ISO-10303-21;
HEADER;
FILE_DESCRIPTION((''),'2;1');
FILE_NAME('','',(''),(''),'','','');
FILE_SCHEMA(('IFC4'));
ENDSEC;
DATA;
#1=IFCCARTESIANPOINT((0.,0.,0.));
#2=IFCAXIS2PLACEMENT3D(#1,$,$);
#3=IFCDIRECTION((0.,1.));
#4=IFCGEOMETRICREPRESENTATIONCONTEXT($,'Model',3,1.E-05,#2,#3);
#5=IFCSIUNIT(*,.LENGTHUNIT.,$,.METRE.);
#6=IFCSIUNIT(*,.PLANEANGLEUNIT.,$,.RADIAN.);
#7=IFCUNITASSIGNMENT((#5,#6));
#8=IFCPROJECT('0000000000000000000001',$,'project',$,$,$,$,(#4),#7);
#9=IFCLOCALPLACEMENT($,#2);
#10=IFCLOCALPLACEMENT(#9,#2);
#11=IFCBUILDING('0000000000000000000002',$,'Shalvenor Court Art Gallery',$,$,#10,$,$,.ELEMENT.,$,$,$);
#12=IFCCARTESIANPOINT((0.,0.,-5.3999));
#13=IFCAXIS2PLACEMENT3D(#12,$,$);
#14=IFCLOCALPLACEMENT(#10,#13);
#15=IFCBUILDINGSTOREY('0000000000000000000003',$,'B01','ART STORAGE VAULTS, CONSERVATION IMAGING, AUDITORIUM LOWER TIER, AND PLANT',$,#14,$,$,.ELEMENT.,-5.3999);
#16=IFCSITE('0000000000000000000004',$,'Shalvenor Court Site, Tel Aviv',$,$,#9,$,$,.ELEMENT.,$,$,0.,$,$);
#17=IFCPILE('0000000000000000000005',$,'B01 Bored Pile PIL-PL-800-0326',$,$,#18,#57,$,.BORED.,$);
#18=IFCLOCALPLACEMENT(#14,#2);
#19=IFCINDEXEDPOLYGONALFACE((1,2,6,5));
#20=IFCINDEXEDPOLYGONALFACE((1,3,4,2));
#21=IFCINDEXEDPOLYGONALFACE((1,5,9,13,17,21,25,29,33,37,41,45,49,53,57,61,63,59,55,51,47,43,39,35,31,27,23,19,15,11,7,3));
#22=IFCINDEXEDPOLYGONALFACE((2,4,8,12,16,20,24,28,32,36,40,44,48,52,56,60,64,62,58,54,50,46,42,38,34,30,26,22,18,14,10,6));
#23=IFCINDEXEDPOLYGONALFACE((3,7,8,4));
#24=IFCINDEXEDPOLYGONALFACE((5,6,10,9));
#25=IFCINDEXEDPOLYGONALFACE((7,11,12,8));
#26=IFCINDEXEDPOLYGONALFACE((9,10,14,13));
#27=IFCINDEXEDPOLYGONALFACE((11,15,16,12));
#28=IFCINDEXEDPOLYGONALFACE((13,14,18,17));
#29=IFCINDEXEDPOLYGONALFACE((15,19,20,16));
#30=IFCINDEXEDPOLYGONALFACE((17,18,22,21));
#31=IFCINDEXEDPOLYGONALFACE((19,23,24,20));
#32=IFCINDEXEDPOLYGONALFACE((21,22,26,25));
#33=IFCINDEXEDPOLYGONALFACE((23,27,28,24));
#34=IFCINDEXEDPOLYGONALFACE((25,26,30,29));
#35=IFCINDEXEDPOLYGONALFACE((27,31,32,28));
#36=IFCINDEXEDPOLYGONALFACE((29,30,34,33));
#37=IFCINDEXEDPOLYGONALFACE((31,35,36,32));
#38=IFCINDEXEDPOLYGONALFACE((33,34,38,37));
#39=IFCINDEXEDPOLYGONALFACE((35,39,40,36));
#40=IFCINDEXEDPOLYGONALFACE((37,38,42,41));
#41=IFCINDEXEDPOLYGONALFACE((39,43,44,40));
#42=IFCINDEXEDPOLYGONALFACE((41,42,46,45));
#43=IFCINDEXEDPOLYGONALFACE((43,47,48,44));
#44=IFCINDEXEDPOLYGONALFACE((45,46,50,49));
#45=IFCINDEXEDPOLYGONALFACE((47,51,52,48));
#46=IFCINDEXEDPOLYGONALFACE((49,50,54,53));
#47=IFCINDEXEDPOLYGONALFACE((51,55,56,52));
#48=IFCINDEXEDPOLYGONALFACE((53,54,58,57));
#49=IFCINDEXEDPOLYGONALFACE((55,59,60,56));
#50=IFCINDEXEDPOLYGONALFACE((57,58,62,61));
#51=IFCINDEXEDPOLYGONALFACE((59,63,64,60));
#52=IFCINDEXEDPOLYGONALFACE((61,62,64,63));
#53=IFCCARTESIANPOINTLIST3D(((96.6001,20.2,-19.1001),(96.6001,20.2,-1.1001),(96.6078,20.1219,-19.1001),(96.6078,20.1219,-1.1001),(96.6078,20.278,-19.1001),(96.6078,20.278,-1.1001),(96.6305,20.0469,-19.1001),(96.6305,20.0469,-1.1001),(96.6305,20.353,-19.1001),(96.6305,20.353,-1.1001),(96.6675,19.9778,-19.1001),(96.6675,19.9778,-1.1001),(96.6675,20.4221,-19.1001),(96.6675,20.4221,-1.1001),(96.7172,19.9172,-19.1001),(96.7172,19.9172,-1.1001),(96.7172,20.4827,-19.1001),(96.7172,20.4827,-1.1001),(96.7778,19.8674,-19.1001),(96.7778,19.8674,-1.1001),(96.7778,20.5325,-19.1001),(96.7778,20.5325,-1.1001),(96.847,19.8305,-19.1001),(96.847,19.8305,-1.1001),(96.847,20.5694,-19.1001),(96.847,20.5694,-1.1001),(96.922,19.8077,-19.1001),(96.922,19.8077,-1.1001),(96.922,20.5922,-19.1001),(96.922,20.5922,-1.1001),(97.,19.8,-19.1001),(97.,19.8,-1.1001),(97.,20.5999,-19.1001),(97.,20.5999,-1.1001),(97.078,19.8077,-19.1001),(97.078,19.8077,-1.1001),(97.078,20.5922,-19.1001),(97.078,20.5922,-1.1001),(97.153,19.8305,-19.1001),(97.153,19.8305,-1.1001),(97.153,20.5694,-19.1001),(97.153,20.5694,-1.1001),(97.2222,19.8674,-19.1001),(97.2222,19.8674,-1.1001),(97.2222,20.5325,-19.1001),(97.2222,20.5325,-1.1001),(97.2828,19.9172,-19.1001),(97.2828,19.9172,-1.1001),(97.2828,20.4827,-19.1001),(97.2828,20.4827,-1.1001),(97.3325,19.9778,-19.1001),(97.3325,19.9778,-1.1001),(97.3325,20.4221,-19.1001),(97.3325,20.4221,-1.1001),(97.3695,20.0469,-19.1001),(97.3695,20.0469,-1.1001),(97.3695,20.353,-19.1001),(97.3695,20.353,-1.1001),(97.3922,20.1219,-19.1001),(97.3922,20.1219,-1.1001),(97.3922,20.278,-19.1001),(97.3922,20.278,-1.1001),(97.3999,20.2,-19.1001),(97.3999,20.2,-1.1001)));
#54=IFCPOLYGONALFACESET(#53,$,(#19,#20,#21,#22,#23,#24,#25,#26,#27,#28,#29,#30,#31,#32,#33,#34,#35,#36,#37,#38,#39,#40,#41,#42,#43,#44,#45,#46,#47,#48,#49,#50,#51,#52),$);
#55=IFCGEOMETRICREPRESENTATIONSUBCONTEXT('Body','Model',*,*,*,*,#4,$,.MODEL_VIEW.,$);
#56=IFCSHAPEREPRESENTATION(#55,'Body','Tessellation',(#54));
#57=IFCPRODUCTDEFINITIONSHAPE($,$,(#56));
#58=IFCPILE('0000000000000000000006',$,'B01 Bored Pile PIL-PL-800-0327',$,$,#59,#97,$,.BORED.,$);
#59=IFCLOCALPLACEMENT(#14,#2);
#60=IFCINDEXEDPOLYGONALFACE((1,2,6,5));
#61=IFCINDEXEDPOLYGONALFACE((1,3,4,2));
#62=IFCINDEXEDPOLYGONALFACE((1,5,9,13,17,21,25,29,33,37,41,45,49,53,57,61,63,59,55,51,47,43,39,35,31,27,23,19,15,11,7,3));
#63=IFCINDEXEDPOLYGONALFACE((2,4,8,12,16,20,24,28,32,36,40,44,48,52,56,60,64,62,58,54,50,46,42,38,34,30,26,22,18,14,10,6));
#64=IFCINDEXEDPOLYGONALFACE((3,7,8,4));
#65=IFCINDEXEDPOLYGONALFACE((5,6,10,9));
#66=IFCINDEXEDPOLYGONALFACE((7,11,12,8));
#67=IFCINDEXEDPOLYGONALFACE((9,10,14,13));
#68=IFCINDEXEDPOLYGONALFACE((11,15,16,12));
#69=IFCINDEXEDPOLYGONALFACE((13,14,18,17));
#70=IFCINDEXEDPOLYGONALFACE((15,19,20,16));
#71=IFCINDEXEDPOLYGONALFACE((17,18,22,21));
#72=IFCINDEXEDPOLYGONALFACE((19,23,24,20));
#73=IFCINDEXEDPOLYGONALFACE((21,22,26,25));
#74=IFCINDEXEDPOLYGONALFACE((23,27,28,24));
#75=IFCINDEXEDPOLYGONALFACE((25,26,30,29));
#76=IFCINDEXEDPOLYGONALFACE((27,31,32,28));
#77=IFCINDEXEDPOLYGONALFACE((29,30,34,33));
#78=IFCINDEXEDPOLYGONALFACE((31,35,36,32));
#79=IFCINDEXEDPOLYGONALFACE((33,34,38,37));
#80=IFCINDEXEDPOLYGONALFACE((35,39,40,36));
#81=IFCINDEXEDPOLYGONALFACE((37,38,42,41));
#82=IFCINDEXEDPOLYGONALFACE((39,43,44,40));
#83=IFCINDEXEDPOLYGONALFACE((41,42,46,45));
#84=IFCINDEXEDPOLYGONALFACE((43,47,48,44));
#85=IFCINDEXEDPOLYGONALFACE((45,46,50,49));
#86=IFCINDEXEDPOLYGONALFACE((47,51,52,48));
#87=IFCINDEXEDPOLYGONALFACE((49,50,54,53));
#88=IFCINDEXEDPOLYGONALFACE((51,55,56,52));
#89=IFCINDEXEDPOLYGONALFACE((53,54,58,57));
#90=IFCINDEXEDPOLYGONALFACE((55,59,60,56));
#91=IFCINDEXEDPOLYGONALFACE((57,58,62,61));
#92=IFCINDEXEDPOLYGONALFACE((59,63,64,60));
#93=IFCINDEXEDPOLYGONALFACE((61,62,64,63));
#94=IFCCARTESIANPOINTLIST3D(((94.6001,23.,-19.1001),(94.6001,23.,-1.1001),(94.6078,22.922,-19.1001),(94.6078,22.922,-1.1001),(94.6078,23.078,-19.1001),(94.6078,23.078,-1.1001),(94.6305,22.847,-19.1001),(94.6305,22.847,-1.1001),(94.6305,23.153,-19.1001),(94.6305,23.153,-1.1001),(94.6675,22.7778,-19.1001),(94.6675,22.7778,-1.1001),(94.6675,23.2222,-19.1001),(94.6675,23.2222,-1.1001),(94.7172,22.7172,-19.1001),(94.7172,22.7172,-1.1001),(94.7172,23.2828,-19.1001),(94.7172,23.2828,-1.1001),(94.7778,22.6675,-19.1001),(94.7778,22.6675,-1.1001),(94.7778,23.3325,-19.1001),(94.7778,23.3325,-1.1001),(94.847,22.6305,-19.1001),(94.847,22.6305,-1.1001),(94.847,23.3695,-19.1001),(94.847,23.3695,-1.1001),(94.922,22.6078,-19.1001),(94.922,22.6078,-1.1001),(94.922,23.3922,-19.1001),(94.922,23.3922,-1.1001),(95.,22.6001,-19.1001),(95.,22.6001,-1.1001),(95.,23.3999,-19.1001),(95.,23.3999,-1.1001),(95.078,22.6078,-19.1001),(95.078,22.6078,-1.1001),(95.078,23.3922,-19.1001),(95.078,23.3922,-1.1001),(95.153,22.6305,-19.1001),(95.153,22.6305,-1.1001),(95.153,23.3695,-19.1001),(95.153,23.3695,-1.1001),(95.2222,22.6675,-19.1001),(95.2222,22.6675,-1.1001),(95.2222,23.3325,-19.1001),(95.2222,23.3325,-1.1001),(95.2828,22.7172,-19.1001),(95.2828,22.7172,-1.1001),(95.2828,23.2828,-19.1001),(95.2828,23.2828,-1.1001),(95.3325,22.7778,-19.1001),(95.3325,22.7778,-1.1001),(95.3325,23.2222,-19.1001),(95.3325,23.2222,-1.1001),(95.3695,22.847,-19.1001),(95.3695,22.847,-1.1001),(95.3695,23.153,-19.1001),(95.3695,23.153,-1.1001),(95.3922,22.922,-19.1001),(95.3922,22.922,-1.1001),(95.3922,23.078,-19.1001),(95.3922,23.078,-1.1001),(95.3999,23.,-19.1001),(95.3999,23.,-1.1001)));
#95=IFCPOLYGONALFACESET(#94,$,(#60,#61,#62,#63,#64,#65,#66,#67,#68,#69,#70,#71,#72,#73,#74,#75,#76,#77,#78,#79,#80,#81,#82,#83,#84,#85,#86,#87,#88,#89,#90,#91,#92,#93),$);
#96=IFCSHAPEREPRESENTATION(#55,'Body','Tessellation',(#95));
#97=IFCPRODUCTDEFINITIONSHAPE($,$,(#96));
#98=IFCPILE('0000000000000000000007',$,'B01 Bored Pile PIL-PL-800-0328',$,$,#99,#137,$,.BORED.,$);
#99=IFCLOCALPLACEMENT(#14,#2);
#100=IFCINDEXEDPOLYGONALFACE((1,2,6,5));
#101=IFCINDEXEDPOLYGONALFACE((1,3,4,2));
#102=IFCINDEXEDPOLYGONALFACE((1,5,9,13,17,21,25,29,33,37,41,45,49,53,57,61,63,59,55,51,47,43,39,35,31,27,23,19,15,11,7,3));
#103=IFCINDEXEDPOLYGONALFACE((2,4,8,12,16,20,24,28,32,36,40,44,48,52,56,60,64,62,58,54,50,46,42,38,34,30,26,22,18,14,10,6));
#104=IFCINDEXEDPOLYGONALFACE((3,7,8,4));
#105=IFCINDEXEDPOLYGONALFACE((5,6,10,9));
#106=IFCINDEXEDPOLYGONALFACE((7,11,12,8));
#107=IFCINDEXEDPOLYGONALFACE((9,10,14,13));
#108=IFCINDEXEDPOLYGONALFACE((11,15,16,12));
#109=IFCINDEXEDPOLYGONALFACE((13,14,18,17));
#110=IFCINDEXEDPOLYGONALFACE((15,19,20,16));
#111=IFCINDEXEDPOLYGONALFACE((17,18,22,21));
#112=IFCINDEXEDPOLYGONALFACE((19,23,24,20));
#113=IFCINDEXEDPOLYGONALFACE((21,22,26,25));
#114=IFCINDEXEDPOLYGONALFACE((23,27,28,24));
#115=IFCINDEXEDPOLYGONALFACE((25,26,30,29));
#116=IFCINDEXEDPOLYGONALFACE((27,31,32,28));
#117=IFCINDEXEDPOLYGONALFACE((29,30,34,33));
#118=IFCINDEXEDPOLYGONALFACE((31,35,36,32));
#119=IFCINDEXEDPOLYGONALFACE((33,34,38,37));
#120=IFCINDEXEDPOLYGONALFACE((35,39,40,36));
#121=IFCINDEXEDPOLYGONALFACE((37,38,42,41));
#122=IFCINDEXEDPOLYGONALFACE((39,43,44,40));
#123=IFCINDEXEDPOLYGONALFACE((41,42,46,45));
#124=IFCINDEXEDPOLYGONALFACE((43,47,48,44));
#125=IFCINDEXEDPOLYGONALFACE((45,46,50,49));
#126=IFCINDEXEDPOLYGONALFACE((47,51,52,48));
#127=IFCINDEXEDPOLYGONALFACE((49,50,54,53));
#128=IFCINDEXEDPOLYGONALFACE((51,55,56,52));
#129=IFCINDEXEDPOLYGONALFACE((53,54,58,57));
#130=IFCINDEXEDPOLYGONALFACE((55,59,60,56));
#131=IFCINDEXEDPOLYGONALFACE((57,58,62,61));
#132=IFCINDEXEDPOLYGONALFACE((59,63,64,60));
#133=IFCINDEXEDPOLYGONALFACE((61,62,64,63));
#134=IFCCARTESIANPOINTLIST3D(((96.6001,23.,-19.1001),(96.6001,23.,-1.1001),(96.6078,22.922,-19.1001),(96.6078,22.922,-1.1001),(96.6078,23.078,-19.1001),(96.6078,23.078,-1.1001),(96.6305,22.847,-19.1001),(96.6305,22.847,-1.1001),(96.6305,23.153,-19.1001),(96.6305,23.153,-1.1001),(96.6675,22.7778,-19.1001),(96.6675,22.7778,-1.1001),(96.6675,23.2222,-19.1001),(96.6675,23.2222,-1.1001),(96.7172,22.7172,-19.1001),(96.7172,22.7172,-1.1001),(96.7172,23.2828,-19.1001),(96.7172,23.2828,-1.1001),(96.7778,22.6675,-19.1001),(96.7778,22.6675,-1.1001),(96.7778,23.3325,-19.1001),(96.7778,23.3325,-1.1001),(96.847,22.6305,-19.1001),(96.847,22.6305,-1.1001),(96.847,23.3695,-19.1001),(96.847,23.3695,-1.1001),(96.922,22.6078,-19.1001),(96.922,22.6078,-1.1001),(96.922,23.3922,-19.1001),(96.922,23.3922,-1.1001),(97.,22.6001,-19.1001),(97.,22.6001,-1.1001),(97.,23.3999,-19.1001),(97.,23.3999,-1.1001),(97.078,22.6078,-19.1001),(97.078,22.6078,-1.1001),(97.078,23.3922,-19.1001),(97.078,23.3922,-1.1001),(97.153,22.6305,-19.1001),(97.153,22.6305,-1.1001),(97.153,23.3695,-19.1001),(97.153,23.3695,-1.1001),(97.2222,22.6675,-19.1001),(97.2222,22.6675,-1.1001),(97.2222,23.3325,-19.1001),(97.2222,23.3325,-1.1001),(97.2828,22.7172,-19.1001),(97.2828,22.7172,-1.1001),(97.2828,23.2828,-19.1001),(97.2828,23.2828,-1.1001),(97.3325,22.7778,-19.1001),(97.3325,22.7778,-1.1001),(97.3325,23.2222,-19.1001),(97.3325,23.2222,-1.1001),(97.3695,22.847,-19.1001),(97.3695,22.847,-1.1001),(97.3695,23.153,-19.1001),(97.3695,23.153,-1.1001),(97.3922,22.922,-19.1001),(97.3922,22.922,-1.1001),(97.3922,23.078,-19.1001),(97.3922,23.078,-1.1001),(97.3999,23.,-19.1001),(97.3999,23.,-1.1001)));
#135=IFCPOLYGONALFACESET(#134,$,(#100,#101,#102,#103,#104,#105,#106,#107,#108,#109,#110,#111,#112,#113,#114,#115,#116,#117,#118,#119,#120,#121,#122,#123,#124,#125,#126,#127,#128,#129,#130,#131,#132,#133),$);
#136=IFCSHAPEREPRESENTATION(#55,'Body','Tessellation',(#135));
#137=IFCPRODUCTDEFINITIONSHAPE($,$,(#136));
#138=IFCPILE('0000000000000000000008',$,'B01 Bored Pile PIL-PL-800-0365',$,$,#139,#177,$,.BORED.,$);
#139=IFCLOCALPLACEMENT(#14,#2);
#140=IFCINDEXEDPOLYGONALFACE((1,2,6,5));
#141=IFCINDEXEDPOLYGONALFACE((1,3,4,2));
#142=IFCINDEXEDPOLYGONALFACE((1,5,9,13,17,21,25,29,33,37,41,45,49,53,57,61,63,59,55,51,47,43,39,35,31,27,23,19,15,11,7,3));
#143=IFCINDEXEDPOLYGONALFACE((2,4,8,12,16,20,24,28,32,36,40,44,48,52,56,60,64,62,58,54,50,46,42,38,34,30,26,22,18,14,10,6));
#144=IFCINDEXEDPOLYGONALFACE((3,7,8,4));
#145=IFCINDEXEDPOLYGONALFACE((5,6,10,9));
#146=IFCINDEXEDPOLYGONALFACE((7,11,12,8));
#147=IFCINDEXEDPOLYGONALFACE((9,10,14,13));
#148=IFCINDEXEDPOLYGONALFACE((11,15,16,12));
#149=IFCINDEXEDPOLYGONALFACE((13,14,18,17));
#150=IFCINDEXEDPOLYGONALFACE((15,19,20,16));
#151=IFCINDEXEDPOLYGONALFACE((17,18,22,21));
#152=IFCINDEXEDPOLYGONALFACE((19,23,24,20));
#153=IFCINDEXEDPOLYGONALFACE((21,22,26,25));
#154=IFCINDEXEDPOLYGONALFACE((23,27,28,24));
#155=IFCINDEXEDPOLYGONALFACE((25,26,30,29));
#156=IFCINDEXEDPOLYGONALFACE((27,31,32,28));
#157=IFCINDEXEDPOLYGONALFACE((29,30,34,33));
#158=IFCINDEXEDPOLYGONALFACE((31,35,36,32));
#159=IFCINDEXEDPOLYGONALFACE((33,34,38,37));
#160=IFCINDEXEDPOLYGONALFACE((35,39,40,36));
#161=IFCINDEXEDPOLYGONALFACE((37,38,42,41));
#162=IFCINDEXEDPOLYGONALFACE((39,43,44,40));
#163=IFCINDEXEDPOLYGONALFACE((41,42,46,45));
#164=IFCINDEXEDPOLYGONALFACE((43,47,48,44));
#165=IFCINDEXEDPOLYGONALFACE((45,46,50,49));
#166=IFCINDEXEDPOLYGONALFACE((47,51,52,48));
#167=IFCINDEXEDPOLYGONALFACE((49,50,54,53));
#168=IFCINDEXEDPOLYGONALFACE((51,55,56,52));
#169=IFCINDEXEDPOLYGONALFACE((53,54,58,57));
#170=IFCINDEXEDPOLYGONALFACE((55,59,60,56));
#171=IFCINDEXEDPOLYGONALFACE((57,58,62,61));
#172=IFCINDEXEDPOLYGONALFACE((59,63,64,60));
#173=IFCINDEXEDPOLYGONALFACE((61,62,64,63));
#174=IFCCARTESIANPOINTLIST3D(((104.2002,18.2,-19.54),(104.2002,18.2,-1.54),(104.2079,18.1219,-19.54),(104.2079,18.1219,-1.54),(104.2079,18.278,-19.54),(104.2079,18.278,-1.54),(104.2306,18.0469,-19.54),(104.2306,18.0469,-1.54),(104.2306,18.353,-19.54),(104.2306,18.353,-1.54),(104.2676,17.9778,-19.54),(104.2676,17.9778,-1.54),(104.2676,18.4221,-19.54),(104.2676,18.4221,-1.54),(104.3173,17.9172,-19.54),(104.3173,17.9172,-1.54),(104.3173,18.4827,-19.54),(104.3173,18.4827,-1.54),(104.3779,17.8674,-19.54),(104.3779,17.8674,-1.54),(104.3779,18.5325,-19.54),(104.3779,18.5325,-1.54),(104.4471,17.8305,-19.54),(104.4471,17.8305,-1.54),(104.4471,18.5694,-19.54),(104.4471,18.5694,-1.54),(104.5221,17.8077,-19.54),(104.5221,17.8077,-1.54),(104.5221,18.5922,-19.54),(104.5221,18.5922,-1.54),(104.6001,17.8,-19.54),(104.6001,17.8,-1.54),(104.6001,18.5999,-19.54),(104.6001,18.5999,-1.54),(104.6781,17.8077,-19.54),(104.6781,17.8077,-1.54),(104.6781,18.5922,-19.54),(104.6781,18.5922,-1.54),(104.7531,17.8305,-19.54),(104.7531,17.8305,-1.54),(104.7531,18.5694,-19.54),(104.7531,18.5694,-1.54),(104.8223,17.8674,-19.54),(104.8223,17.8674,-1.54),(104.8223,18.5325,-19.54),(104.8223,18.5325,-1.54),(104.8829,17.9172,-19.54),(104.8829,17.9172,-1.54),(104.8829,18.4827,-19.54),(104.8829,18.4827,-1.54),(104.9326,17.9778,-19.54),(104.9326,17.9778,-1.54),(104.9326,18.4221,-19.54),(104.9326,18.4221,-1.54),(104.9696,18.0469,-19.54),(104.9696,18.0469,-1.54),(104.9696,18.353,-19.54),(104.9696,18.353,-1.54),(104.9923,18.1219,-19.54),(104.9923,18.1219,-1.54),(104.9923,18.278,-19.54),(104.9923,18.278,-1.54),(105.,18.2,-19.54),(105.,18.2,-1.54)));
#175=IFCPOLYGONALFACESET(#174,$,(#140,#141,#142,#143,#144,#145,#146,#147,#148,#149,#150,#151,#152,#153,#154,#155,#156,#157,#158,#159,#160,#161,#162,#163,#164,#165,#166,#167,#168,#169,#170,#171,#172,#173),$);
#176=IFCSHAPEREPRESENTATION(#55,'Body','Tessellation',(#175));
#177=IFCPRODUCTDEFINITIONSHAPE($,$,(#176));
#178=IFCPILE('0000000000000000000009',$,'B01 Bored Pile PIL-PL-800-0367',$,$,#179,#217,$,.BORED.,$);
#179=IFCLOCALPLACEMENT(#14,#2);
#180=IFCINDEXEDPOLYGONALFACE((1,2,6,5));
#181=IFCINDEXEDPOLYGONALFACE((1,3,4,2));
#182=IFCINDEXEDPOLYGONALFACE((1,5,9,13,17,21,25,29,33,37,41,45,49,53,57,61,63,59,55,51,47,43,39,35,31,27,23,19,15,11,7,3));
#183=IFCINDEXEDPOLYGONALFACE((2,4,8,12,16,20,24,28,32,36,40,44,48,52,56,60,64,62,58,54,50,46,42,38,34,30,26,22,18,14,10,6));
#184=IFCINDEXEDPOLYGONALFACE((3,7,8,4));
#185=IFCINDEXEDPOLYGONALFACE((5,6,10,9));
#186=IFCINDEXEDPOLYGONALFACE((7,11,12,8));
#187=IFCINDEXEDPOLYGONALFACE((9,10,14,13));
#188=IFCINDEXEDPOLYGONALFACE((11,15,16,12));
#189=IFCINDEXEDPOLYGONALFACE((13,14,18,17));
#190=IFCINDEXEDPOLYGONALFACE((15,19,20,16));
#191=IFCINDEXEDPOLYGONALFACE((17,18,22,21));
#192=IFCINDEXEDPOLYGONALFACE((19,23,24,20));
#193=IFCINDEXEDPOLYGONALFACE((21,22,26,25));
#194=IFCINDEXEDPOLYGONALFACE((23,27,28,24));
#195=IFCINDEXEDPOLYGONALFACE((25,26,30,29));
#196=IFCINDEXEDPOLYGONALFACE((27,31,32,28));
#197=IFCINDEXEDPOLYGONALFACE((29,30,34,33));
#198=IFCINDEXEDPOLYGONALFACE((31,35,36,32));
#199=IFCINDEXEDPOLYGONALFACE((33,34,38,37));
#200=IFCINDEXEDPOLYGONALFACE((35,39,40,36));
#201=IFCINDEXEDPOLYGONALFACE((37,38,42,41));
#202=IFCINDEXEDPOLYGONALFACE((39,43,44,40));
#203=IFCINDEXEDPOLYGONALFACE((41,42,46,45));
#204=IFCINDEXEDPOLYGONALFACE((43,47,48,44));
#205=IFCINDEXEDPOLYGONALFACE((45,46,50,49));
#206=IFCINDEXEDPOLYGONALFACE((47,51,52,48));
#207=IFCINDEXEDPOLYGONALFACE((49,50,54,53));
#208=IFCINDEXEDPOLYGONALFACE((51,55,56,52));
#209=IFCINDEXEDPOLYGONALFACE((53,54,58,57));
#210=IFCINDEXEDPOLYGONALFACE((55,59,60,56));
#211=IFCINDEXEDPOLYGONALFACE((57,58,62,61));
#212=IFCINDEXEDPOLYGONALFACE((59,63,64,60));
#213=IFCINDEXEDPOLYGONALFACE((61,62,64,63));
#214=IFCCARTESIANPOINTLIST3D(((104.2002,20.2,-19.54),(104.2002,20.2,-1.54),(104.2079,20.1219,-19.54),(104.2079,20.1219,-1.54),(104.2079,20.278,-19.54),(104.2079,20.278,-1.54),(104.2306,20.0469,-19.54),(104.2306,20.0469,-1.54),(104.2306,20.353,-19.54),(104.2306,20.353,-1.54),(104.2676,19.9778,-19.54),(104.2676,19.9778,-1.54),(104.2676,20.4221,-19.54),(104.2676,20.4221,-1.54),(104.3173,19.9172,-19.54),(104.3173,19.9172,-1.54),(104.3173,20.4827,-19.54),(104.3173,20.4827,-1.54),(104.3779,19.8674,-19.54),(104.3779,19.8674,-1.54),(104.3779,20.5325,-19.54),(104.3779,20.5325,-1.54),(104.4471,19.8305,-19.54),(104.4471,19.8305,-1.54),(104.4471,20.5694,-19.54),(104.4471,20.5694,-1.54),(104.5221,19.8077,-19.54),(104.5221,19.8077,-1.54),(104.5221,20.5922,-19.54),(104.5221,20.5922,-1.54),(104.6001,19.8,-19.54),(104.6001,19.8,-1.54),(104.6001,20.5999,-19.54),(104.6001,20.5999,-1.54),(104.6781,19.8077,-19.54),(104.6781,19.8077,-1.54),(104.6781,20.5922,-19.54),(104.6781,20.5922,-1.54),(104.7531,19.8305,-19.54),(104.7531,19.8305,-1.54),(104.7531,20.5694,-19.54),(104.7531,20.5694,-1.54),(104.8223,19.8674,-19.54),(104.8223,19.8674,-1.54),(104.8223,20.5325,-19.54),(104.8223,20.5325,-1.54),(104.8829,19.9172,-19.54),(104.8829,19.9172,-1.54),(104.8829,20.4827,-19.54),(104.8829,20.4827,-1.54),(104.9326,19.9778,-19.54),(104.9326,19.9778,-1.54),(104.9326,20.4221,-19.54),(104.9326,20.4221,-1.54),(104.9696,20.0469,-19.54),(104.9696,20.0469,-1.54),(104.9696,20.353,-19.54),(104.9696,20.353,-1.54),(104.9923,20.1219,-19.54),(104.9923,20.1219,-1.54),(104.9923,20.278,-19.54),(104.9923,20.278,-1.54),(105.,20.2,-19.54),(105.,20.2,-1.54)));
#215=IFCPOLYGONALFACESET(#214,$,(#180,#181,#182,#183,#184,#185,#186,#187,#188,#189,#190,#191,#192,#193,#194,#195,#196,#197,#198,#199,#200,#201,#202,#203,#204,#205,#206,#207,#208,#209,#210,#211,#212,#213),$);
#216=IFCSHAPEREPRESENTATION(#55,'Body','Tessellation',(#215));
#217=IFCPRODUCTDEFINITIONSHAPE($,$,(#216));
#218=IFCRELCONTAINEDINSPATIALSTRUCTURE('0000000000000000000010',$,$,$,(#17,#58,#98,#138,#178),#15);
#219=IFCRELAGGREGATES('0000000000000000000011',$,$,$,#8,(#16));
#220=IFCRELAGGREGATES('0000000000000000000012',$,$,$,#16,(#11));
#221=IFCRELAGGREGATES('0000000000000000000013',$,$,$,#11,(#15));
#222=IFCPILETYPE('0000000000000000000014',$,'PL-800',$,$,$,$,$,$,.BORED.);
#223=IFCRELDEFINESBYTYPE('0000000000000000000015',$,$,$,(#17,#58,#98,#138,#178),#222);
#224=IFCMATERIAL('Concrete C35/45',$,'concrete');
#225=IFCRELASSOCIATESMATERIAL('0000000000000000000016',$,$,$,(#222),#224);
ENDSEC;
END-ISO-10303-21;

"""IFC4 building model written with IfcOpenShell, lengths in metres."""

from ifc_helpers import new_model, si_unit, direction, frame, origin, origin_2d, place, context, subcontext, project, spatial, circle, extrude, material, material_profile, profile_set, type_object, element, save


model = new_model("IFC4")

# Units and contexts
model_context = context("Model", 3, precision=1e-05, world=origin(), true_north=direction((0.0, 1.0)))
body_context = subcontext(model_context, "Body", "Model", "MODEL_VIEW")
ifc_project = project(units=[si_unit("LENGTHUNIT", "METRE"), si_unit("PLANEANGLEUNIT", "RADIAN")], contexts=[model_context])

# Site, building, storey
site_placement = place(None, origin())
site = spatial("IfcSite", under=ifc_project, at=site_placement, Name="Shalvenor Court Site, Tel Aviv", CompositionType="ELEMENT", RefElevation=0.0)
building_placement = place(site_placement, origin())
building = spatial("IfcBuilding", under=site, at=building_placement, Name="Shalvenor Court Art Gallery", CompositionType="ELEMENT")
storey_placement = place(building_placement, frame((0.0, 0.0, -5.3999)))
storey = spatial("IfcBuildingStorey", under=building, at=storey_placement, Name="B01", Description="ART STORAGE VAULTS, CONSERVATION IMAGING, AUDITORIUM LOWER TIER, AND PLANT", CompositionType="ELEMENT", Elevation=-5.3999)

# Piles
ifc_material_1 = material(Name="Concrete C35/45", Category="concrete")
ifc_material_profile_1 = material_profile(ifc_material_1, circle(Radius=0.3999, at=origin_2d()), Name="PILE 800")
ifc_profile_set_1 = profile_set([ifc_material_profile_1], Name="Concrete C35/45")
pile_type_1 = type_object("IfcPileType", Name="PL-800", PredefinedType="BORED", material=ifc_profile_set_1)
for number, where, z_axis, x_axis, name in (
    (1, (97.0, 20.2, -1.1001), (0.0, 0.0, -1.0), (1.0, 0.0, 0.0), "B01 Bored Pile PIL-PL-800-0326"),
    (2, (95.0, 23.0, -1.1001), (0.0, 0.0, -1.0), (1.0, 0.0, 0.0), "B01 Bored Pile PIL-PL-800-0327"),
    (3, (97.0, 23.0, -1.1001), (0.0, 0.0, -1.0), (1.0, 0.0, 0.0), "B01 Bored Pile PIL-PL-800-0328"),
    (4, (104.6001, 18.2, -1.54), (0.0, 0.0, -1.0), (1.0, 0.0, 0.0), "B01 Bored Pile PIL-PL-800-0365"),
    (5, (104.6001, 20.2, -1.54), (0.0, 0.0, -1.0), (1.0, 0.0, 0.0), "B01 Bored Pile PIL-PL-800-0367"),
):
    element("IfcPile", number, at=place(storey_placement, frame(where, z_axis=z_axis, x_axis=x_axis)), inside=storey, type_object=pile_type_1, Name=name, PredefinedType="BORED", context=body_context, shape_type="SweptSolid", body=[
        extrude(circle(Radius=0.3999, at=origin_2d()), origin(), (0.0, 0.0, 1.0), 18.0),
    ])

save(model, "model.ifc")
